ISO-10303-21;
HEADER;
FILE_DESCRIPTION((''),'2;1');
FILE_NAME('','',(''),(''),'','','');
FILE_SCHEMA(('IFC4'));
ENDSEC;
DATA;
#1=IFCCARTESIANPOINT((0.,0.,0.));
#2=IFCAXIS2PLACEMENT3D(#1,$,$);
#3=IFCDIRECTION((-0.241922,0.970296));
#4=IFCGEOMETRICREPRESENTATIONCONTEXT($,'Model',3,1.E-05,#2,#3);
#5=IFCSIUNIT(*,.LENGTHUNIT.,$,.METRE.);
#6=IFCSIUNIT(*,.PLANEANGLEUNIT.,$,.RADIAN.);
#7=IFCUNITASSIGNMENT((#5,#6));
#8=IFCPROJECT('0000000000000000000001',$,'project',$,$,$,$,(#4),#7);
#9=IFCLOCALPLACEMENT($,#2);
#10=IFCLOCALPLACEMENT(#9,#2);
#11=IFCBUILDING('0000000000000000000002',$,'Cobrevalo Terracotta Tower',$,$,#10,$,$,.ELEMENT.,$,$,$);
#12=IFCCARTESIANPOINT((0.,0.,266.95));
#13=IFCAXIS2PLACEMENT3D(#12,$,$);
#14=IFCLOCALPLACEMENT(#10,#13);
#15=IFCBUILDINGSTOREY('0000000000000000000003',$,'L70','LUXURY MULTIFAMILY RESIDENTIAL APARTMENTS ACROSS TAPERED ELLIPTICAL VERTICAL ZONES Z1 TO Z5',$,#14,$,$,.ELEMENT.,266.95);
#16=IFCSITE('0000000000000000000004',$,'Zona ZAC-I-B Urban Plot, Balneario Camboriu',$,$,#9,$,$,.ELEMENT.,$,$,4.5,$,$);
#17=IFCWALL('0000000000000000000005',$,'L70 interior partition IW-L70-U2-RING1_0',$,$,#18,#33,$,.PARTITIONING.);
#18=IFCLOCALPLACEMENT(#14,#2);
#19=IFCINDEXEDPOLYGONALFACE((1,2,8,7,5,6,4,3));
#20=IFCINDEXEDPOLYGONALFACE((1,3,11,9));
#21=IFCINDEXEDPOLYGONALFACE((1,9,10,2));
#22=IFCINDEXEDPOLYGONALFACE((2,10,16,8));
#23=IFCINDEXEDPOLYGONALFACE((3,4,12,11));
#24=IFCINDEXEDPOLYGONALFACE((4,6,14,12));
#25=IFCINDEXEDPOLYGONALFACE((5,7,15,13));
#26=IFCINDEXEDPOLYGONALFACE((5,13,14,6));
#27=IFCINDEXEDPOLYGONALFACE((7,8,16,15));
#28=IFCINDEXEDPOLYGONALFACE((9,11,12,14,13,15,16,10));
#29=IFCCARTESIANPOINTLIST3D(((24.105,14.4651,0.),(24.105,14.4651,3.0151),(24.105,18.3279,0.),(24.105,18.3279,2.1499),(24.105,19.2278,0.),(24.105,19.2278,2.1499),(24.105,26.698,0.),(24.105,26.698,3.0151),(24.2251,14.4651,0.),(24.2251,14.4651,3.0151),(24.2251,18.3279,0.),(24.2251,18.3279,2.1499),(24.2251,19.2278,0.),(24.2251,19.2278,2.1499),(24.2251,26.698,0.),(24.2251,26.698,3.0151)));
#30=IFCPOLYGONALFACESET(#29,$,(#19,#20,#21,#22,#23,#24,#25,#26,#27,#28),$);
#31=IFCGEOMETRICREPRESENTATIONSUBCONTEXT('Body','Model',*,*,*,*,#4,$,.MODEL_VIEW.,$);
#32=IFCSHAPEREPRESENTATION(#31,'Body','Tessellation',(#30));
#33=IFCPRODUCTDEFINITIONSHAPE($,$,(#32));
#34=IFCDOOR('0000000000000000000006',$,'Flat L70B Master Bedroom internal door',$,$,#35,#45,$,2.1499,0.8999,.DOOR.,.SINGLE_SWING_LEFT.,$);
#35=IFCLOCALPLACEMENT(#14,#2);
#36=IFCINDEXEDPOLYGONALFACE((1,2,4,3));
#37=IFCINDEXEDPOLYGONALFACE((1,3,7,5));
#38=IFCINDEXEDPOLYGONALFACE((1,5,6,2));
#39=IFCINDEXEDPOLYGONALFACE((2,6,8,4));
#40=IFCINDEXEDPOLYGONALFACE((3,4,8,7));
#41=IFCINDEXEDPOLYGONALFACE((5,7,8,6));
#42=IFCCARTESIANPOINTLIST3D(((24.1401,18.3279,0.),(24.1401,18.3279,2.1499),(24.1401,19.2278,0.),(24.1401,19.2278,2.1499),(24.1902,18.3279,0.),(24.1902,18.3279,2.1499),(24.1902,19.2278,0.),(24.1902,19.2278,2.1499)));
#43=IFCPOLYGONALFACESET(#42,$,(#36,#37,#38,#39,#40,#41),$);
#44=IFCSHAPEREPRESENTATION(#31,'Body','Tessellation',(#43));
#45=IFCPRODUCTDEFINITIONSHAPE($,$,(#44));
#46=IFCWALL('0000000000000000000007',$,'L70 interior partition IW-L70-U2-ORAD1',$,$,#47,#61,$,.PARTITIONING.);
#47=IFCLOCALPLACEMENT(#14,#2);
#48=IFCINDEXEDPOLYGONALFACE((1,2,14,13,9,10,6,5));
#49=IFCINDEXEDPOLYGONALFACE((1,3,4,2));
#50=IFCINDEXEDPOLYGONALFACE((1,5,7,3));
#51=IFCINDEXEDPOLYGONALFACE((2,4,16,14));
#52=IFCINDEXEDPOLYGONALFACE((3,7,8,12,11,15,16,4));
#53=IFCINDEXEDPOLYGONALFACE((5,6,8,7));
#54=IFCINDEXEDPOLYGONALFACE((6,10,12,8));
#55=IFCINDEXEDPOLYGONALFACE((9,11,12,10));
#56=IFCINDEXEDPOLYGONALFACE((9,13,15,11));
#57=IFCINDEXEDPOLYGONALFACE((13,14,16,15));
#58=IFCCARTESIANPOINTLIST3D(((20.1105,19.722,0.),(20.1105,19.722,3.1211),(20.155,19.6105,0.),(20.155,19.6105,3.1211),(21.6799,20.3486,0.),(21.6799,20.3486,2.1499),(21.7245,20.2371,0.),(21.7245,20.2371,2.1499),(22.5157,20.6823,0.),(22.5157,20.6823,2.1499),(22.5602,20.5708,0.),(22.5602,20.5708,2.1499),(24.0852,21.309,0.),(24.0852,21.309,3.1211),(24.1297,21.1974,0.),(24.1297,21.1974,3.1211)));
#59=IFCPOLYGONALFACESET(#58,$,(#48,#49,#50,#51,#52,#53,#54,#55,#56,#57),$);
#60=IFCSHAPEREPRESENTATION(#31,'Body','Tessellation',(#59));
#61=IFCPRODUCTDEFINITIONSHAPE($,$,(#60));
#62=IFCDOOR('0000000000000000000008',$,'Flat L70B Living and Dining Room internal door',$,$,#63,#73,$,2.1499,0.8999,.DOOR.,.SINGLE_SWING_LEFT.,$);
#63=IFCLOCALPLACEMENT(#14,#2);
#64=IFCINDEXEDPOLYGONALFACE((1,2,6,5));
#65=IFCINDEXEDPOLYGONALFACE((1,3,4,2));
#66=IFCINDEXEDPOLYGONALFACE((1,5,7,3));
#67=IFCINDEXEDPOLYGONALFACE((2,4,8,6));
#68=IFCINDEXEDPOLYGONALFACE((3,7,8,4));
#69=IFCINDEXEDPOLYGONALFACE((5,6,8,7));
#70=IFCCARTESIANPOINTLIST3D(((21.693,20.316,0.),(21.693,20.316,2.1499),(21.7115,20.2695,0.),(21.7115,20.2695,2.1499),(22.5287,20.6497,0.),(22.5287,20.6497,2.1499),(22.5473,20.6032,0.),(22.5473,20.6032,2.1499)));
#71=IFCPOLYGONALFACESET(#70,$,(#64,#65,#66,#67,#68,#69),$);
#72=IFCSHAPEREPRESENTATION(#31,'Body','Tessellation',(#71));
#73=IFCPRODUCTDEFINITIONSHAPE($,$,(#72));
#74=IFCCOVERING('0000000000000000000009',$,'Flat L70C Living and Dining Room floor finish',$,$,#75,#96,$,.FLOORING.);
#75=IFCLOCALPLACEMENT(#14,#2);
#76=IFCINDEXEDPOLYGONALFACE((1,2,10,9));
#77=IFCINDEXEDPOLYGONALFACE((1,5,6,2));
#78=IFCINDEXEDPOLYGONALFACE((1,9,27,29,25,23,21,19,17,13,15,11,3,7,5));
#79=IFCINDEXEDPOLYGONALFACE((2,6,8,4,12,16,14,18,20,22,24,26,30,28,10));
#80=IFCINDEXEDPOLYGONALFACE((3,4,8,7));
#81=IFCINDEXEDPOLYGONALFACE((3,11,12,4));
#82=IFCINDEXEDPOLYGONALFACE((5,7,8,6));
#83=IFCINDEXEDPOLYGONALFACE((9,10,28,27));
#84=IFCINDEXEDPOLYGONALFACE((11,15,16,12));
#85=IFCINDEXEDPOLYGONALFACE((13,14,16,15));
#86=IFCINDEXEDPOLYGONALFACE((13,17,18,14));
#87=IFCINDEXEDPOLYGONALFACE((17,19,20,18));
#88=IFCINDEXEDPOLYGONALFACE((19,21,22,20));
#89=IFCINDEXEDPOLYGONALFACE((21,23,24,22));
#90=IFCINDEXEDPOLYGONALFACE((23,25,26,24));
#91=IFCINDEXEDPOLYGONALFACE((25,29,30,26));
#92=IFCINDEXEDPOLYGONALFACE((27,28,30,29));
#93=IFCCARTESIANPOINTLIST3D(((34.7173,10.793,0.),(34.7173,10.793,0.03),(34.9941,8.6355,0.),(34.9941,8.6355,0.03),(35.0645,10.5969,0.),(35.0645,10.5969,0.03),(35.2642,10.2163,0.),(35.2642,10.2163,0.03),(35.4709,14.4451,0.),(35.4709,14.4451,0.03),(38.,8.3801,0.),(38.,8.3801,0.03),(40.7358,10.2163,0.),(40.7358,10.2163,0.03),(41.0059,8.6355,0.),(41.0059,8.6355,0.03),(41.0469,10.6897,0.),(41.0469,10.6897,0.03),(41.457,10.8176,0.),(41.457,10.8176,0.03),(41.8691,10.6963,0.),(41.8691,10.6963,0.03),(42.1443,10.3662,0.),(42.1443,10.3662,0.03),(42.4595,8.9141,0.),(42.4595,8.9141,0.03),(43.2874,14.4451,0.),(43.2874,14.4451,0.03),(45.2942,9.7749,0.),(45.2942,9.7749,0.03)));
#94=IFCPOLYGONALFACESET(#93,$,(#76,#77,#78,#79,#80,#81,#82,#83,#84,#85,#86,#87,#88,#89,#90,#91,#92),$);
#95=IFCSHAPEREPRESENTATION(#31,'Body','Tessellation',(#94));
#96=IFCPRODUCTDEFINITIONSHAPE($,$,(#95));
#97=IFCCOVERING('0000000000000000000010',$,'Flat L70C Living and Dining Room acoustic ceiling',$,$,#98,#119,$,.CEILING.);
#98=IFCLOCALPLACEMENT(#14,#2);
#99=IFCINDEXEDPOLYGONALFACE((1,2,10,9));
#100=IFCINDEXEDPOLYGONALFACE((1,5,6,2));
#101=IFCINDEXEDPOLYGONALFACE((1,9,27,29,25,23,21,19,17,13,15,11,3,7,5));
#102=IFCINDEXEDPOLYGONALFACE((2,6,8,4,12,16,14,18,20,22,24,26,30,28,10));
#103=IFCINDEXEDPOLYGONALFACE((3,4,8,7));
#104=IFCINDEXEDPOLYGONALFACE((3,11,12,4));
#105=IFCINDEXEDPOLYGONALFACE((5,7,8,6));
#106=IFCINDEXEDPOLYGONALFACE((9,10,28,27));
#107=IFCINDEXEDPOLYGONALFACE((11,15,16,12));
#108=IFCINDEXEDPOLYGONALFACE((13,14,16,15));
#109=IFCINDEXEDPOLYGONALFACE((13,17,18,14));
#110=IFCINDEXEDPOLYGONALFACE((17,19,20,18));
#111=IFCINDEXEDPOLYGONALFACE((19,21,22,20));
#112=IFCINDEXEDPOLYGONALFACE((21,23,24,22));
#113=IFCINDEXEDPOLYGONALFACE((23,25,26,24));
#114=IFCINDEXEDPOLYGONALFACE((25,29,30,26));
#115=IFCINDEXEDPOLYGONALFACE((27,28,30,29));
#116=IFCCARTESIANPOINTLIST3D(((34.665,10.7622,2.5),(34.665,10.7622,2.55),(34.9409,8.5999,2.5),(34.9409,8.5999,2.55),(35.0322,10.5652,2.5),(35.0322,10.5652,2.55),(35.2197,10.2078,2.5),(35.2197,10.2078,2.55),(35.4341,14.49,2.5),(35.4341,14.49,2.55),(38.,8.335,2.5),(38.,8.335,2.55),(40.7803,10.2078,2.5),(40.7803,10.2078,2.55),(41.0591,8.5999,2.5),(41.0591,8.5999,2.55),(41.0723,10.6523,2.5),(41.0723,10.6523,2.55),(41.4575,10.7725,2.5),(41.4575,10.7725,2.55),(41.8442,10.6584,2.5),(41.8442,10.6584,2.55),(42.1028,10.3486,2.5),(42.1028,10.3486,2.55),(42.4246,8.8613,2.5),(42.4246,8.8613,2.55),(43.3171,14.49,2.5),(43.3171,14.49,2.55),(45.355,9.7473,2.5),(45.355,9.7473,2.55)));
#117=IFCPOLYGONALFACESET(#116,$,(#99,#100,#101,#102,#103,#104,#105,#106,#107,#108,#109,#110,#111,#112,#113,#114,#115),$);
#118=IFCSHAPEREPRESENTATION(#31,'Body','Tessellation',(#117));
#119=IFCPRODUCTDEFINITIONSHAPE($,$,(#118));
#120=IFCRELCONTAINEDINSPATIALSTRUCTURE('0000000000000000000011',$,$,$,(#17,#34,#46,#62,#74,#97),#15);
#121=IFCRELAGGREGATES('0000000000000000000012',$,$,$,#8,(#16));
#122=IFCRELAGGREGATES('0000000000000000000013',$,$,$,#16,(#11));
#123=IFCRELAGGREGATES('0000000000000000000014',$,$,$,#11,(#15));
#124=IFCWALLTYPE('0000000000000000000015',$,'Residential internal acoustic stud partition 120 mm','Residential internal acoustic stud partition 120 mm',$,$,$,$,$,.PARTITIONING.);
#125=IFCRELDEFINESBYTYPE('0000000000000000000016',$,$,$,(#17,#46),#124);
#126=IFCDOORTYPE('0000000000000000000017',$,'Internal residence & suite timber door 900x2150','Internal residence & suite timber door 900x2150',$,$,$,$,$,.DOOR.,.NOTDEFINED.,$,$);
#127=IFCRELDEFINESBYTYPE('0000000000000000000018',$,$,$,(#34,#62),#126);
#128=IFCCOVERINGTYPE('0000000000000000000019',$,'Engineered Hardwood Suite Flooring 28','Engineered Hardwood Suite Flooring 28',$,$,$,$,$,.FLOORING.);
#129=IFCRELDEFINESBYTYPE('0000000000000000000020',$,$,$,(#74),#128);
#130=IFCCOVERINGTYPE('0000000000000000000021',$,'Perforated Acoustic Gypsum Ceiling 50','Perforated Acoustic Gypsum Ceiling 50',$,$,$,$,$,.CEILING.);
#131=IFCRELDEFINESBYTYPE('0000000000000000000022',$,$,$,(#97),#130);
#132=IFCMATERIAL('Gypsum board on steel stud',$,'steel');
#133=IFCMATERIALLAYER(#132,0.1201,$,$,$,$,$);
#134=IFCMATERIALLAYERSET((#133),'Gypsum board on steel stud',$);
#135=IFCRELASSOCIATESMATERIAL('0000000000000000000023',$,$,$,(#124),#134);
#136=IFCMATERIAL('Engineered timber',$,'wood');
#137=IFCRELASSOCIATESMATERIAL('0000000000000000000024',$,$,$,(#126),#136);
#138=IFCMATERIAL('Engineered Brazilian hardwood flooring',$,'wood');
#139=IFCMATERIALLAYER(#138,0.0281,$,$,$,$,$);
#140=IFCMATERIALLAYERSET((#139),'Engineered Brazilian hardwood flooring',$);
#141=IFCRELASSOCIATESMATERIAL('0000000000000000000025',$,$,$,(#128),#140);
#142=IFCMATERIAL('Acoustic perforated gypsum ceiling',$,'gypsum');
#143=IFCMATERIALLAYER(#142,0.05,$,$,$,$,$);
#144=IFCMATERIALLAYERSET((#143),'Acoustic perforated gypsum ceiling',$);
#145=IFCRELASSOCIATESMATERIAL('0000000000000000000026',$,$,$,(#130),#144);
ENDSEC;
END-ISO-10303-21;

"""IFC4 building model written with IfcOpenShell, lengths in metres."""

from ifc_helpers import new_model, si_unit, direction, frame, frame_2d, origin, place, context, subcontext, project, spatial, polyline, rectangle, outline, extrude, source, transform, mapped, material, layer, layer_set, type_object, element, fill, save


model = new_model("IFC4")

# Units and contexts
model_context = context("Model", 3, precision=1e-05, world=origin(), true_north=direction((-0.241922, 0.970296)))
body_context = subcontext(model_context, "Body", "Model", "MODEL_VIEW")
ifc_project = project(units=[si_unit("LENGTHUNIT", "METRE"), si_unit("PLANEANGLEUNIT", "RADIAN")], contexts=[model_context])

# Site, building, storey
site_placement = place(None, origin())
site = spatial("IfcSite", under=ifc_project, at=site_placement, Name="Zona ZAC-I-B Urban Plot, Balneario Camboriu", CompositionType="ELEMENT", RefElevation=4.5)
building_placement = place(site_placement, origin())
building = spatial("IfcBuilding", under=site, at=building_placement, Name="Cobrevalo Terracotta Tower", CompositionType="ELEMENT")
storey_placement = place(building_placement, frame((0.0, 0.0, 266.95)))
storey = spatial("IfcBuildingStorey", under=building, at=storey_placement, Name="L70", Description="LUXURY MULTIFAMILY RESIDENTIAL APARTMENTS ACROSS TAPERED ELLIPTICAL VERTICAL ZONES Z1 TO Z5", CompositionType="ELEMENT", Elevation=266.95)

# Walls, openings, doors
ifc_material_1 = material(Name="Gypsum board on steel stud", Category="steel")
ifc_layer_1 = layer(ifc_material_1, 0.1201)
ifc_layer_set_1 = layer_set([ifc_layer_1], Name="Gypsum board on steel stud")
wall_type = type_object("IfcWallType", Name="Residential internal acoustic stud partition 120 mm", Description="Residential internal acoustic stud partition 120 mm", PredefinedType="PARTITIONING", material=ifc_layer_set_1)
wall_1_placement = place(storey_placement, frame((24.165, 14.4651, 0.0), z_axis=(0.0, 0.0, 1.0), x_axis=(0.0, 1.0, 0.0)))
wall_1 = element("IfcWall", 1, at=wall_1_placement, inside=storey, type_object=wall_type, Name="L70 interior partition IW-L70-U2-RING1_0", PredefinedType="PARTITIONING", context=body_context, shape_type="SweptSolid", body=[
    extrude(rectangle(XDim=12.2329, YDim=0.1201, at=frame_2d((6.1165, 0.0))), origin(), (0.0, 0.0, 1.0), 3.0151),
])
opening_1_placement = place(wall_1_placement, frame((3.8628, 0.0, 0.0)))
opening_1 = element("IfcOpeningElement", 2, at=opening_1_placement, cuts=wall_1, PredefinedType="OPENING", context=body_context, shape_type="SweptSolid", body=[
    extrude(rectangle(XDim=0.8999, YDim=2.1499, at=frame_2d((0.45, 1.075))), frame((0.0, 0.0701, 0.0), z_axis=(0.0, -1.0, 0.0), x_axis=(1.0, 0.0, 0.0)), (0.0, 0.0, 1.0), 0.1401),
])
ifc_material_2 = material(Name="Engineered timber", Category="wood")
door_type = type_object("IfcDoorType", Name="Internal residence & suite timber door 900x2150", Description="Internal residence & suite timber door 900x2150", OperationType="NOTDEFINED", PredefinedType="DOOR", material=ifc_material_2)
shared_shape_1 = source(origin(), body_context, "Body", "SweptSolid", [
    extrude(rectangle(XDim=0.8999, YDim=2.1499, at=frame_2d((0.45, 1.075))), frame((0.0, 0.0249, 0.0), z_axis=(0.0, -1.0, 0.0), x_axis=(1.0, 0.0, 0.0)), (0.0, 0.0, 1.0), 0.05),
])
door_1_placement = place(opening_1_placement, origin())
door_1 = element("IfcDoor", 3, at=door_1_placement, inside=storey, type_object=door_type, Name="Flat L70B Master Bedroom internal door", OperationType="SINGLE_SWING_LEFT", OverallHeight=2.1499, OverallWidth=0.8999, PredefinedType="DOOR", context=body_context, shape_type="MappedRepresentation", body=[
    mapped(shared_shape_1, transform((0.0, 0.0, 0.0), scale=1.0)),
])
fill(opening_1, door_1)
wall_2_placement = place(storey_placement, frame((24.1074, 21.2532, 0.0), z_axis=(0.0, 0.0, 1.0), x_axis=(-0.928713, -0.3708, 0.0)))
wall_2 = element("IfcWall", 4, at=wall_2_placement, inside=storey, type_object=wall_type, Name="L70 interior partition IW-L70-U2-ORAD1", PredefinedType="PARTITIONING", context=body_context, shape_type="SweptSolid", body=[
    extrude(rectangle(XDim=4.2798, YDim=0.1201, at=frame_2d((2.1399, 0.0))), origin(), (0.0, 0.0, 1.0), 3.1211),
])
opening_2_placement = place(wall_2_placement, frame((1.6899, 0.0, 0.0)))
opening_2 = element("IfcOpeningElement", 5, at=opening_2_placement, cuts=wall_2, PredefinedType="OPENING", context=body_context, shape_type="SweptSolid", body=[
    extrude(rectangle(XDim=0.8999, YDim=2.1499, at=frame_2d((0.45, 1.075))), frame((0.0, 0.0701, 0.0), z_axis=(0.0, -1.0, 0.0), x_axis=(1.0, 0.0, 0.0)), (0.0, 0.0, 1.0), 0.1401),
])
door_2_placement = place(opening_2_placement, frame((0.8999, 0.0, 0.0), z_axis=(0.0, 0.0, 1.0), x_axis=(-1.0, 0.0, 0.0)))
door_2 = element("IfcDoor", 6, at=door_2_placement, inside=storey, type_object=door_type, Name="Flat L70B Living and Dining Room internal door", OperationType="SINGLE_SWING_LEFT", OverallHeight=2.1499, OverallWidth=0.8999, PredefinedType="DOOR", context=body_context, shape_type="MappedRepresentation", body=[
    mapped(shared_shape_1, transform((0.0, 0.0, 0.0), scale=1.0)),
])
fill(opening_2, door_2)

# Coverings
ifc_material_3 = material(Name="Engineered Brazilian hardwood flooring", Category="wood")
ifc_layer_2 = layer(ifc_material_3, 0.0281)
ifc_layer_set_2 = layer_set([ifc_layer_2], Name="Engineered Brazilian hardwood flooring")
covering_type_1 = type_object("IfcCoveringType", Name="Engineered Hardwood Suite Flooring 28", Description="Engineered Hardwood Suite Flooring 28", PredefinedType="FLOORING", material=ifc_layer_set_2)
covering_1_placement = place(storey_placement, origin())
element("IfcCovering", 7, at=covering_1_placement, inside=storey, type_object=covering_type_1, Name="Flat L70C Living and Dining Room floor finish", PredefinedType="FLOORING", context=body_context, shape_type="SweptSolid", body=[
    extrude(outline(polyline([(42.4595, 8.9141), (42.1443, 10.3662), (41.8691, 10.6963), (41.457, 10.8176), (41.0469, 10.6897), (40.7358, 10.2163), (41.0059, 8.6355), (38.0, 8.3801), (34.9941, 8.6355), (35.2642, 10.2163), (35.0645, 10.5969), (34.7173, 10.793), (35.4709, 14.4451), (43.2874, 14.4451), (45.2942, 9.7749), (42.4595, 8.9141)])), origin(), (0.0, 0.0, 1.0), 0.03),
])
ifc_material_4 = material(Name="Acoustic perforated gypsum ceiling", Category="gypsum")
ifc_layer_3 = layer(ifc_material_4, 0.05)
ifc_layer_set_3 = layer_set([ifc_layer_3], Name="Acoustic perforated gypsum ceiling")
covering_type_2 = type_object("IfcCoveringType", Name="Perforated Acoustic Gypsum Ceiling 50", Description="Perforated Acoustic Gypsum Ceiling 50", PredefinedType="CEILING", material=ifc_layer_set_3)
covering_2_placement = place(storey_placement, frame((0.0, 0.0, 2.5)))
element("IfcCovering", 8, at=covering_2_placement, inside=storey, type_object=covering_type_2, Name="Flat L70C Living and Dining Room acoustic ceiling", PredefinedType="CEILING", context=body_context, shape_type="SweptSolid", body=[
    extrude(outline(polyline([(42.4246, 8.8613), (42.1028, 10.3486), (41.8442, 10.6584), (41.4575, 10.7725), (41.0723, 10.6523), (40.7803, 10.2078), (41.0591, 8.5999), (38.0, 8.335), (34.9409, 8.5999), (35.2197, 10.2078), (35.0322, 10.5652), (34.665, 10.7622), (35.4341, 14.49), (43.3171, 14.49), (45.355, 9.7473), (42.4246, 8.8613)])), origin(), (0.0, 0.0, 1.0), 0.05),
])

save(model, "model.ifc")
